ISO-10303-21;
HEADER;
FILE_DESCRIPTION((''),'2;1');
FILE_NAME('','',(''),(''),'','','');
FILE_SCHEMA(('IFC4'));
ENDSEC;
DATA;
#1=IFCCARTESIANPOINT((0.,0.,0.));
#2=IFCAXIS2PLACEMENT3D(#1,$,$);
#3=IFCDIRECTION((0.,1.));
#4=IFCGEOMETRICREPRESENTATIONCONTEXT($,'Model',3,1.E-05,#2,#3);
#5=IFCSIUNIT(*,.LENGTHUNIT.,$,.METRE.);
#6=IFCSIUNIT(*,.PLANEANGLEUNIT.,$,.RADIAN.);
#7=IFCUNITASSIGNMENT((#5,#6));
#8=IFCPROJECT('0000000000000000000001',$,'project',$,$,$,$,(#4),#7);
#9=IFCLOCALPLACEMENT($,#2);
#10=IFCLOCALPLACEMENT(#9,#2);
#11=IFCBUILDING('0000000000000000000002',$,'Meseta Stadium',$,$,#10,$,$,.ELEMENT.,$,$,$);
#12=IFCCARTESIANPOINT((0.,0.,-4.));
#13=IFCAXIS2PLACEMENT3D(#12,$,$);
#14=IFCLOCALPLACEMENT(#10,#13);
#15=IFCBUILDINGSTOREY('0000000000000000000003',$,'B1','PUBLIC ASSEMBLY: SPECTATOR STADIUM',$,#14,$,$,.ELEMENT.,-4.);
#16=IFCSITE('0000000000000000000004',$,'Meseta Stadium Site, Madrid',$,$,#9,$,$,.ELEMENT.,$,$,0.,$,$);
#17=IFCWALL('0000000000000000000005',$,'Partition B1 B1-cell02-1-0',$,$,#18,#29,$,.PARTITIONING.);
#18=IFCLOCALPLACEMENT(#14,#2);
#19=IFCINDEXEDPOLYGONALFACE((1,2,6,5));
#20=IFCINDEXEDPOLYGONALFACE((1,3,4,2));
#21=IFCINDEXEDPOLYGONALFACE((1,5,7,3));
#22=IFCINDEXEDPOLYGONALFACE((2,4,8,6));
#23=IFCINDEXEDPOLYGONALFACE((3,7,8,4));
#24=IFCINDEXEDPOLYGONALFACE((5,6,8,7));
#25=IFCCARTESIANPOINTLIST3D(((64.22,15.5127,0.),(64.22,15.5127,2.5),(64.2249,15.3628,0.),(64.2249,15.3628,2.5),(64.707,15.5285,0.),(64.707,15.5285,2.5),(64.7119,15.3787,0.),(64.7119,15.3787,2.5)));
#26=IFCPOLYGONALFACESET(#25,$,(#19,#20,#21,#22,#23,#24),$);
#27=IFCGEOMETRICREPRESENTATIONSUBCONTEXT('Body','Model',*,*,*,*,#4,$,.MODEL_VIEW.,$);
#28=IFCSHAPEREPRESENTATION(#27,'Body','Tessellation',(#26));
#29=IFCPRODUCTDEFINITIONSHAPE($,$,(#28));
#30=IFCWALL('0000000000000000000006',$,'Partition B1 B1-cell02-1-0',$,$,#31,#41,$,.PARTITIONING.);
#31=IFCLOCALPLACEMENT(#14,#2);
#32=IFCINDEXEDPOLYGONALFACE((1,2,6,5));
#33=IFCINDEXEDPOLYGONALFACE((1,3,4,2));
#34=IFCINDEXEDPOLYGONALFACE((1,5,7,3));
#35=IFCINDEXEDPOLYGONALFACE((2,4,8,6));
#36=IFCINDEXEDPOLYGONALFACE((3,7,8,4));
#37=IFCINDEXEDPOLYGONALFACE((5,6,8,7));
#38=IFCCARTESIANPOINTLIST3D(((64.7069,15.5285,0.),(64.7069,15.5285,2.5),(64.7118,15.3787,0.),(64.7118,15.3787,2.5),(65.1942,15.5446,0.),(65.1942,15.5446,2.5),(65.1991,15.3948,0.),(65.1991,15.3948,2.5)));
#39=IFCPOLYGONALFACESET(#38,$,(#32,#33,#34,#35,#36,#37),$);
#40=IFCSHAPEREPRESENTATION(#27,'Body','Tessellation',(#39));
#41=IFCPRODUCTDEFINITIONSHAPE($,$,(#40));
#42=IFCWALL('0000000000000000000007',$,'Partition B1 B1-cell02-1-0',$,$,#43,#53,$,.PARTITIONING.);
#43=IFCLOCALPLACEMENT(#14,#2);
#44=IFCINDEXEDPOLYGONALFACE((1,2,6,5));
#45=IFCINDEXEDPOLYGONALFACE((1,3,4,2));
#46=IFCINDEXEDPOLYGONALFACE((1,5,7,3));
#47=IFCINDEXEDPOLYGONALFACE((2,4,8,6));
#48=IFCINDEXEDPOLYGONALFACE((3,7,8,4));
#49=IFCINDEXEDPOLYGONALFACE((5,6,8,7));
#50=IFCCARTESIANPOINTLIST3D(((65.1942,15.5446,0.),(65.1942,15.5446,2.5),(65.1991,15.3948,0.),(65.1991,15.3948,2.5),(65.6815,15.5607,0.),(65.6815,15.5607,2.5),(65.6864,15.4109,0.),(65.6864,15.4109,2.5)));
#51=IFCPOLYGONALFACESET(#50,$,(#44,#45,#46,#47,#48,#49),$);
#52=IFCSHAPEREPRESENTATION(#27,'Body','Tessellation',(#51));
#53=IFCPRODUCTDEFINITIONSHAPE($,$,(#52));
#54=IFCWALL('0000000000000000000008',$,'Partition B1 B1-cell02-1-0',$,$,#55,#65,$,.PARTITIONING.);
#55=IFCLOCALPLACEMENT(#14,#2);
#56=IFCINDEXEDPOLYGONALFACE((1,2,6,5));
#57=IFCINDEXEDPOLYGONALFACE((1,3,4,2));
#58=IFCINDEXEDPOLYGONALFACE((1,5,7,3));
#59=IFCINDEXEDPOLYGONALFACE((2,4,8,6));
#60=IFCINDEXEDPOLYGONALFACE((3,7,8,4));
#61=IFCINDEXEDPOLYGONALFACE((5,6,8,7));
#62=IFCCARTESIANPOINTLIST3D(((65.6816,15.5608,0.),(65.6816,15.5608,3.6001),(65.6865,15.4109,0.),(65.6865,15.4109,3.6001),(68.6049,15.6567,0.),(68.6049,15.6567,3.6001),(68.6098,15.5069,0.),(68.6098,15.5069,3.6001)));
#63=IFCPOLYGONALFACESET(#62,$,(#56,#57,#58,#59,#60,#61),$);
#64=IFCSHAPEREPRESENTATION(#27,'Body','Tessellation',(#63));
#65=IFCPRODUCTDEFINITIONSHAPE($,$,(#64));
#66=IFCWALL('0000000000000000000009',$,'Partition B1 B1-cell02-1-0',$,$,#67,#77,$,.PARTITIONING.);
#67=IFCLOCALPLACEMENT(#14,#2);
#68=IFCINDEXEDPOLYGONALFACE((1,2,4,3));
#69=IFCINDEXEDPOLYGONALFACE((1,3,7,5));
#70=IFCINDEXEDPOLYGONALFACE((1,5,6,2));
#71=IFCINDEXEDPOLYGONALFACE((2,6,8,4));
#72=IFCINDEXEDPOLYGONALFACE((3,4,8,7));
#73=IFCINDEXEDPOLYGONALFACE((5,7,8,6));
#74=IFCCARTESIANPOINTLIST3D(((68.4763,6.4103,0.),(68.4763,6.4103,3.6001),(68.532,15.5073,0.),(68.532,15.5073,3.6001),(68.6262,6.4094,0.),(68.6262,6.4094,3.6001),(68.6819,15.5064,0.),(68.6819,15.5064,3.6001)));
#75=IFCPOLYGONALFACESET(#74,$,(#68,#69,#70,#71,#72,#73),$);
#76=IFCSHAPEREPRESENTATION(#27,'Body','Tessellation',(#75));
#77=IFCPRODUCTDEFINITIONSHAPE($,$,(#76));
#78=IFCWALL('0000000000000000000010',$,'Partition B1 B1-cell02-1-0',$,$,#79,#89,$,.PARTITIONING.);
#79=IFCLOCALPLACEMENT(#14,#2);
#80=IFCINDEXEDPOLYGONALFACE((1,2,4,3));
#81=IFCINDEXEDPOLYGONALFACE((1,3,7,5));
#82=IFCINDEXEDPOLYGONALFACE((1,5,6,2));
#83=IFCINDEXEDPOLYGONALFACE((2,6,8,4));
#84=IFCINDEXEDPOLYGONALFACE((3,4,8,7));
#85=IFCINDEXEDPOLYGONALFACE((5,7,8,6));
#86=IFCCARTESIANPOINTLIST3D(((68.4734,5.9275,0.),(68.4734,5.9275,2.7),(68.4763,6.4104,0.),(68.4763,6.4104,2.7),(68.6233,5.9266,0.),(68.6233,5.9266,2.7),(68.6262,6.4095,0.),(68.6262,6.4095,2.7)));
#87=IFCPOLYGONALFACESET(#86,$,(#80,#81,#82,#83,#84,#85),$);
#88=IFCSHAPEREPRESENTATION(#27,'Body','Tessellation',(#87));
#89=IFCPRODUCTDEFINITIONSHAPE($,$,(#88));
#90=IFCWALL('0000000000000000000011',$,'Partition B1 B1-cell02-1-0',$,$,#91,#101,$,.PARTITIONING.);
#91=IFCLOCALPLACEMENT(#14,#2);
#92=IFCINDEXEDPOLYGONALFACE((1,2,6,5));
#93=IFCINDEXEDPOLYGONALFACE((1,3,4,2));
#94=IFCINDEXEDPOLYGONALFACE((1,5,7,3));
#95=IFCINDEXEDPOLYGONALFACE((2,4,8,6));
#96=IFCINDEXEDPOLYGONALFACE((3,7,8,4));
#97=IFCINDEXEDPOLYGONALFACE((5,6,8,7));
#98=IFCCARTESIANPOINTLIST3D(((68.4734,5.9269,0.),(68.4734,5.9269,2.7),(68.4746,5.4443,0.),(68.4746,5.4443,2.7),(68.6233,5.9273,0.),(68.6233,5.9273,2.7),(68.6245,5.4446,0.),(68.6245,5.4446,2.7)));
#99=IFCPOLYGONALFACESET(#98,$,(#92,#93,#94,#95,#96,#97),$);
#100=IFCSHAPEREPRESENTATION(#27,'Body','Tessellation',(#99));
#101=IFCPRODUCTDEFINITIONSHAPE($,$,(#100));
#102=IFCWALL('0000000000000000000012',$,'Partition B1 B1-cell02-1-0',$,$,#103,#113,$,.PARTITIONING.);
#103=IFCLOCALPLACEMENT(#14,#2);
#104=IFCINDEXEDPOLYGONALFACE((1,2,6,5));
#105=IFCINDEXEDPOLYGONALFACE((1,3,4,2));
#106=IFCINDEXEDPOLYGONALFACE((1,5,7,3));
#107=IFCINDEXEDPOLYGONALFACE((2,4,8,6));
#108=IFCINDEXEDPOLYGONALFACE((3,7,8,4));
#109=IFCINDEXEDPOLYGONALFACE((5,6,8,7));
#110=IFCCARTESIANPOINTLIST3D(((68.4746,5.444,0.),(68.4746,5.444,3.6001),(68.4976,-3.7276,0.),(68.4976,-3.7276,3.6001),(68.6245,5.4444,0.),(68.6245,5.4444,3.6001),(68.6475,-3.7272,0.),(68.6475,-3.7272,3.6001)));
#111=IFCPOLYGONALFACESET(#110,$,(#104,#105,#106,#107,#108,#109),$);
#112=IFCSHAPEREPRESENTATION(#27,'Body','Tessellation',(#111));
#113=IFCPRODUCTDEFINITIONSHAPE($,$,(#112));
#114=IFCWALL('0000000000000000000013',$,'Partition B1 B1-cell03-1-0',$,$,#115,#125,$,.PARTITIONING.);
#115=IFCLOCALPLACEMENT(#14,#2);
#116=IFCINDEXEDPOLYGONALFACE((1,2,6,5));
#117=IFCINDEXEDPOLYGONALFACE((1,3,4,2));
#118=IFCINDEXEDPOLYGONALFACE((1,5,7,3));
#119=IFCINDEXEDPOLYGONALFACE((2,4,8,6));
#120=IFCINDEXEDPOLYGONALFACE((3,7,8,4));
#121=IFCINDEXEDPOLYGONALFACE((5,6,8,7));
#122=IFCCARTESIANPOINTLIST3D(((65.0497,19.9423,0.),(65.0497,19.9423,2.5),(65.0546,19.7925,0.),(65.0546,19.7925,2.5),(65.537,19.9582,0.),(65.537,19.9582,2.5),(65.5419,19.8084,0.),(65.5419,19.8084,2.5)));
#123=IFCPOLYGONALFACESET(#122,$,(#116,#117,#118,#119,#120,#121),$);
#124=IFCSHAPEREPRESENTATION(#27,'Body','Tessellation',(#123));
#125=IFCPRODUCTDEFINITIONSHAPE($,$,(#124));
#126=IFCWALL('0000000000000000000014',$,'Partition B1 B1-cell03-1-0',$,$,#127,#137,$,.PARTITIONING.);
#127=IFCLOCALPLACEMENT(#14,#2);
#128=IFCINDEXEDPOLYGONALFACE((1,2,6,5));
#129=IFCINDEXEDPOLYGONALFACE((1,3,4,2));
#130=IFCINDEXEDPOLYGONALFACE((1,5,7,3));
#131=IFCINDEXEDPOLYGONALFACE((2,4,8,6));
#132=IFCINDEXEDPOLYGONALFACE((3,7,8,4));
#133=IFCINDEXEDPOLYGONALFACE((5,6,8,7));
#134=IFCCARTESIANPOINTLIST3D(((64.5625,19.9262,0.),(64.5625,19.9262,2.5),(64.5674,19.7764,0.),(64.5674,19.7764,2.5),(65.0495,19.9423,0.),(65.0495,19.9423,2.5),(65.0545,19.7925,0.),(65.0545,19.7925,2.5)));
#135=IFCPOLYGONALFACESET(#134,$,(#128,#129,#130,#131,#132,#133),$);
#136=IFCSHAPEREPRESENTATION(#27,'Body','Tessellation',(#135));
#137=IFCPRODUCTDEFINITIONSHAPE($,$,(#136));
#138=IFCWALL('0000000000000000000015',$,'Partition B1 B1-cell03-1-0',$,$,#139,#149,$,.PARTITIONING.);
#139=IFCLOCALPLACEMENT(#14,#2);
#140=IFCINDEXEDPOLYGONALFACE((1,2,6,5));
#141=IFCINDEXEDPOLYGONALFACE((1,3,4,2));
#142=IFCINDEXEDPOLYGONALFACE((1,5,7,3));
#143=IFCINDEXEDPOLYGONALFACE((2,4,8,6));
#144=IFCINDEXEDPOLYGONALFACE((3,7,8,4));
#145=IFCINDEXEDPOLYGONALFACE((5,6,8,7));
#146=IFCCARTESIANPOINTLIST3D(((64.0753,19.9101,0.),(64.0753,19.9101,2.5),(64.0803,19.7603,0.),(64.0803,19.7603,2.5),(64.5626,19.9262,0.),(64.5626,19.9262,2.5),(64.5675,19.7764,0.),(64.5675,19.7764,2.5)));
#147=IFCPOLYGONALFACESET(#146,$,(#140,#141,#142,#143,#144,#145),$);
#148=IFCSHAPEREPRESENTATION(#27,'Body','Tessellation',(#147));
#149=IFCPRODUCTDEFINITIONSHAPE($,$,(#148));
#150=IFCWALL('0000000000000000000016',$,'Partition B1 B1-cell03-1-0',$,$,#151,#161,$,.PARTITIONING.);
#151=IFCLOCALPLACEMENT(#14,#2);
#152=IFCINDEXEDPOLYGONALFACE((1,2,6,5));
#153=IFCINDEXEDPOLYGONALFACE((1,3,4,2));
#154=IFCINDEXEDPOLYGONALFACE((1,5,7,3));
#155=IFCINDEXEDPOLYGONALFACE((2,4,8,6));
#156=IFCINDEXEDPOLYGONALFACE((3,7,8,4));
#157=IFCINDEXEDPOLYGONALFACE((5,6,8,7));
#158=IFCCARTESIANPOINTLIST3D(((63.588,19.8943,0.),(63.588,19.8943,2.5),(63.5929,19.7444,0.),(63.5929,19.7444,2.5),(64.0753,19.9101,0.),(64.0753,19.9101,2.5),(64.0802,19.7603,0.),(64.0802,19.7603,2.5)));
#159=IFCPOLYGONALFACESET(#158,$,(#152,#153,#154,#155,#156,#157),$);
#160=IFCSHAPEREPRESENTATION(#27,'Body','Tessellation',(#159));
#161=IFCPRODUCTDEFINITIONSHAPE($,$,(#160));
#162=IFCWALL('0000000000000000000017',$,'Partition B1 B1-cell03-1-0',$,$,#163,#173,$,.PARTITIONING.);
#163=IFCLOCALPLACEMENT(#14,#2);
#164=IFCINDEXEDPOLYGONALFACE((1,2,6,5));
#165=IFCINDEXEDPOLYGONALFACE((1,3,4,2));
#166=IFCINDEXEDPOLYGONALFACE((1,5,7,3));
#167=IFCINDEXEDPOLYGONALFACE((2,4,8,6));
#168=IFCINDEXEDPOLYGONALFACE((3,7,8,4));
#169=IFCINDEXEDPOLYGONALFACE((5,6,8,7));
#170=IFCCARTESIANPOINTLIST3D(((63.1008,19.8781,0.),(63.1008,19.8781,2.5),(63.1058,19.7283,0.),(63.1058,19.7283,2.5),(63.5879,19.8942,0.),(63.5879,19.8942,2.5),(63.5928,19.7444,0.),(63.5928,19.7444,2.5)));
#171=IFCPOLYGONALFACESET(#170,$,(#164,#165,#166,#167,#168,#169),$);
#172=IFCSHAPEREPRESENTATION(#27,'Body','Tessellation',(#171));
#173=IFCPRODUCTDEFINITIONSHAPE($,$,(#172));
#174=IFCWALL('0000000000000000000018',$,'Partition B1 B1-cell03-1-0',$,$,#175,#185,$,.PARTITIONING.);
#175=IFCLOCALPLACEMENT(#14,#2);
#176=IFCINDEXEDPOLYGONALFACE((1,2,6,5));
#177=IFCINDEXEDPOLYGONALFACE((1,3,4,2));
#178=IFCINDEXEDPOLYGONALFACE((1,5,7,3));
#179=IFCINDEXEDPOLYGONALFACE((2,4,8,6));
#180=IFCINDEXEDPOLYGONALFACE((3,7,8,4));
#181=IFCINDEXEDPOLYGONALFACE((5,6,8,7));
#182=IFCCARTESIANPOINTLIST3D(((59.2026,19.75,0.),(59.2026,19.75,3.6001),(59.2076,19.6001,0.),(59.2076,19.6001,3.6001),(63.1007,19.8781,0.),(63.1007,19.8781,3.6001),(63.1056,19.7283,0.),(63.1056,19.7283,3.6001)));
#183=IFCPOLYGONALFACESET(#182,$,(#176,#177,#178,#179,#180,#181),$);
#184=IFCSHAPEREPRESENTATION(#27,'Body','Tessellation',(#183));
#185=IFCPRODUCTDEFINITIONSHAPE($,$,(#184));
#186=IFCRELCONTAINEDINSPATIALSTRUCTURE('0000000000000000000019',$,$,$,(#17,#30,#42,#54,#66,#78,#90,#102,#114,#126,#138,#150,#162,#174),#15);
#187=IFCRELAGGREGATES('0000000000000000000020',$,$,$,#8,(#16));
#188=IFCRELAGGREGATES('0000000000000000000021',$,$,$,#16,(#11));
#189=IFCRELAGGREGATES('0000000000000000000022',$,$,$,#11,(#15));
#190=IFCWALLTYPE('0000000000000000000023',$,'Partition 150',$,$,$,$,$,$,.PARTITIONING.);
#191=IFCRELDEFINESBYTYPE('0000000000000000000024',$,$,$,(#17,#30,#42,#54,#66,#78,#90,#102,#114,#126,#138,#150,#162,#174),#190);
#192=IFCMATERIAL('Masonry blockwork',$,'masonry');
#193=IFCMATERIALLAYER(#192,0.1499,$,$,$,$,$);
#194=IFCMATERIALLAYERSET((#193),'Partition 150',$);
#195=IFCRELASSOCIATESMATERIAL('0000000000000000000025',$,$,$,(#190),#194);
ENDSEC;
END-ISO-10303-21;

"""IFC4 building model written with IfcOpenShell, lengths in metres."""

from ifc_helpers import new_model, si_unit, direction, frame, frame_2d, origin, place, context, subcontext, project, spatial, rectangle, extrude, material, layer, layer_set, type_object, element, save


model = new_model("IFC4")

# Units and contexts
model_context = context("Model", 3, precision=1e-05, world=origin(), true_north=direction((0.0, 1.0)))
body_context = subcontext(model_context, "Body", "Model", "MODEL_VIEW")
ifc_project = project(units=[si_unit("LENGTHUNIT", "METRE"), si_unit("PLANEANGLEUNIT", "RADIAN")], contexts=[model_context])

# Site, building, storey
site_placement = place(None, origin())
site = spatial("IfcSite", under=ifc_project, at=site_placement, Name="Meseta Stadium Site, Madrid", CompositionType="ELEMENT", RefElevation=0.0)
building_placement = place(site_placement, origin())
building = spatial("IfcBuilding", under=site, at=building_placement, Name="Meseta Stadium", CompositionType="ELEMENT")
storey_placement = place(building_placement, frame((0.0, 0.0, -4.0)))
storey = spatial("IfcBuildingStorey", under=building, at=storey_placement, Name="B1", Description="PUBLIC ASSEMBLY: SPECTATOR STADIUM", CompositionType="ELEMENT", Elevation=-4.0)

# Walls
ifc_material_1 = material(Name="Masonry blockwork", Category="masonry")
ifc_layer = layer(ifc_material_1, 0.1499)
ifc_layer_set = layer_set([ifc_layer], Name="Partition 150")
wall_type = type_object("IfcWallType", Name="Partition 150", PredefinedType="PARTITIONING", material=ifc_layer_set)
wall_1_placement = place(storey_placement, frame((64.2224, 15.4377, 0.0), z_axis=(0.0, 0.0, 1.0), x_axis=(0.99947, 0.032564, 0.0)))
element("IfcWall", 1, at=wall_1_placement, inside=storey, type_object=wall_type, Name="Partition B1 B1-cell02-1-0", PredefinedType="PARTITIONING", context=body_context, shape_type="SweptSolid", body=[
    extrude(rectangle(XDim=0.4873, YDim=0.1499, at=frame_2d((0.2437, 0.0))), origin(), (0.0, 0.0, 1.0), 2.5),
])
for number, where, z_axis, x_axis, name in (
    (2, (64.7095, 15.4536, 0.0), (0.0, 0.0, 1.0), (0.999454, 0.033048, 0.0), "Partition B1 B1-cell02-1-0"),
    (3, (65.1968, 15.4697, 0.0), (0.0, 0.0, 1.0), (0.999454, 0.033048, 0.0), "Partition B1 B1-cell02-1-0"),
):
    element("IfcWall", number, at=place(storey_placement, frame(where, z_axis=z_axis, x_axis=x_axis)), inside=storey, type_object=wall_type, Name=name, PredefinedType="PARTITIONING", context=body_context, shape_type="SweptSolid", body=[
        extrude(rectangle(XDim=0.4875, YDim=0.1499, at=frame_2d((0.2437, 0.0))), origin(), (0.0, 0.0, 1.0), 2.5),
    ])
wall_2_placement = place(storey_placement, frame((65.6841, 15.4858, 0.0), z_axis=(0.0, 0.0, 1.0), x_axis=(0.999462, 0.032803, 0.0)))
element("IfcWall", 4, at=wall_2_placement, inside=storey, type_object=wall_type, Name="Partition B1 B1-cell02-1-0", PredefinedType="PARTITIONING", context=body_context, shape_type="SweptSolid", body=[
    extrude(rectangle(XDim=2.9248, YDim=0.1499, at=frame_2d((1.4624, 0.0))), origin(), (0.0, 0.0, 1.0), 3.6001),
])
wall_3_placement = place(storey_placement, frame((68.6069, 15.5068, 0.0), z_axis=(0.0, 0.0, 1.0), x_axis=(-0.006119, -0.999981, 0.0)))
element("IfcWall", 5, at=wall_3_placement, inside=storey, type_object=wall_type, Name="Partition B1 B1-cell02-1-0", PredefinedType="PARTITIONING", context=body_context, shape_type="SweptSolid", body=[
    extrude(rectangle(XDim=9.0972, YDim=0.1499, at=frame_2d((4.5486, 0.0))), origin(), (0.0, 0.0, 1.0), 3.6001),
])
wall_4_placement = place(storey_placement, frame((68.5513, 6.4099, 0.0), z_axis=(0.0, 0.0, 1.0), x_axis=(-0.006067, -0.999982, 0.0)))
element("IfcWall", 6, at=wall_4_placement, inside=storey, type_object=wall_type, Name="Partition B1 B1-cell02-1-0", PredefinedType="PARTITIONING", context=body_context, shape_type="SweptSolid", body=[
    extrude(rectangle(XDim=0.4829, YDim=0.1499, at=frame_2d((0.2415, 0.0))), origin(), (0.0, 0.0, 1.0), 2.7),
])
wall_5_placement = place(storey_placement, frame((68.5483, 5.927, 0.0), z_axis=(0.0, 0.0, 1.0), x_axis=(0.002529, -0.999997, 0.0)))
element("IfcWall", 7, at=wall_5_placement, inside=storey, type_object=wall_type, Name="Partition B1 B1-cell02-1-0", PredefinedType="PARTITIONING", context=body_context, shape_type="SweptSolid", body=[
    extrude(rectangle(XDim=0.4827, YDim=0.1499, at=frame_2d((0.2412, 0.0))), origin(), (0.0, 0.0, 1.0), 2.7),
])
wall_6_placement = place(storey_placement, frame((68.5496, 5.4443, 0.0), z_axis=(0.0, 0.0, 1.0), x_axis=(0.002502, -0.999997, 0.0)))
element("IfcWall", 8, at=wall_6_placement, inside=storey, type_object=wall_type, Name="Partition B1 B1-cell02-1-0", PredefinedType="PARTITIONING", context=body_context, shape_type="SweptSolid", body=[
    extrude(rectangle(XDim=9.1716, YDim=0.1499, at=frame_2d((4.5859, 0.0))), origin(), (0.0, 0.0, 1.0), 3.6001),
])
wall_7_placement = place(storey_placement, frame((65.5393, 19.8833, 0.0), z_axis=(0.0, 0.0, 1.0), x_axis=(-0.99947, -0.032548, 0.0)))
element("IfcWall", 9, at=wall_7_placement, inside=storey, type_object=wall_type, Name="Partition B1 B1-cell03-1-0", PredefinedType="PARTITIONING", context=body_context, shape_type="SweptSolid", body=[
    extrude(rectangle(XDim=0.4875, YDim=0.1499, at=frame_2d((0.2437, 0.0))), origin(), (0.0, 0.0, 1.0), 2.5),
])
wall_8_placement = place(storey_placement, frame((65.052, 19.8674, 0.0), z_axis=(0.0, 0.0, 1.0), x_axis=(-0.999453, -0.033065, 0.0)))
element("IfcWall", 10, at=wall_8_placement, inside=storey, type_object=wall_type, Name="Partition B1 B1-cell03-1-0", PredefinedType="PARTITIONING", context=body_context, shape_type="SweptSolid", body=[
    extrude(rectangle(XDim=0.4873, YDim=0.1499, at=frame_2d((0.2437, 0.0))), origin(), (0.0, 0.0, 1.0), 2.5),
])
for number, where, z_axis, x_axis, name in (
    (11, (64.5649, 19.8513, 0.0), (0.0, 0.0, 1.0), (-0.999454, -0.033048, 0.0), "Partition B1 B1-cell03-1-0"),
    (12, (64.0776, 19.8352, 0.0), (0.0, 0.0, 1.0), (-0.99947, -0.032548, 0.0), "Partition B1 B1-cell03-1-0"),
):
    element("IfcWall", number, at=place(storey_placement, frame(where, z_axis=z_axis, x_axis=x_axis)), inside=storey, type_object=wall_type, Name=name, PredefinedType="PARTITIONING", context=body_context, shape_type="SweptSolid", body=[
        extrude(rectangle(XDim=0.4875, YDim=0.1499, at=frame_2d((0.2437, 0.0))), origin(), (0.0, 0.0, 1.0), 2.5),
    ])
wall_9_placement = place(storey_placement, frame((63.5903, 19.8193, 0.0), z_axis=(0.0, 0.0, 1.0), x_axis=(-0.999453, -0.033065, 0.0)))
element("IfcWall", 13, at=wall_9_placement, inside=storey, type_object=wall_type, Name="Partition B1 B1-cell03-1-0", PredefinedType="PARTITIONING", context=body_context, shape_type="SweptSolid", body=[
    extrude(rectangle(XDim=0.4873, YDim=0.1499, at=frame_2d((0.2437, 0.0))), origin(), (0.0, 0.0, 1.0), 2.5),
])
wall_10_placement = place(storey_placement, frame((63.1033, 19.8032, 0.0), z_axis=(0.0, 0.0, 1.0), x_axis=(-0.99946, -0.032865, 0.0)))
element("IfcWall", 14, at=wall_10_placement, inside=storey, type_object=wall_type, Name="Partition B1 B1-cell03-1-0", PredefinedType="PARTITIONING", context=body_context, shape_type="SweptSolid", body=[
    extrude(rectangle(XDim=3.9001, YDim=0.1499, at=frame_2d((1.9502, 0.0))), origin(), (0.0, 0.0, 1.0), 3.6001),
])

save(model, "model.ifc")
